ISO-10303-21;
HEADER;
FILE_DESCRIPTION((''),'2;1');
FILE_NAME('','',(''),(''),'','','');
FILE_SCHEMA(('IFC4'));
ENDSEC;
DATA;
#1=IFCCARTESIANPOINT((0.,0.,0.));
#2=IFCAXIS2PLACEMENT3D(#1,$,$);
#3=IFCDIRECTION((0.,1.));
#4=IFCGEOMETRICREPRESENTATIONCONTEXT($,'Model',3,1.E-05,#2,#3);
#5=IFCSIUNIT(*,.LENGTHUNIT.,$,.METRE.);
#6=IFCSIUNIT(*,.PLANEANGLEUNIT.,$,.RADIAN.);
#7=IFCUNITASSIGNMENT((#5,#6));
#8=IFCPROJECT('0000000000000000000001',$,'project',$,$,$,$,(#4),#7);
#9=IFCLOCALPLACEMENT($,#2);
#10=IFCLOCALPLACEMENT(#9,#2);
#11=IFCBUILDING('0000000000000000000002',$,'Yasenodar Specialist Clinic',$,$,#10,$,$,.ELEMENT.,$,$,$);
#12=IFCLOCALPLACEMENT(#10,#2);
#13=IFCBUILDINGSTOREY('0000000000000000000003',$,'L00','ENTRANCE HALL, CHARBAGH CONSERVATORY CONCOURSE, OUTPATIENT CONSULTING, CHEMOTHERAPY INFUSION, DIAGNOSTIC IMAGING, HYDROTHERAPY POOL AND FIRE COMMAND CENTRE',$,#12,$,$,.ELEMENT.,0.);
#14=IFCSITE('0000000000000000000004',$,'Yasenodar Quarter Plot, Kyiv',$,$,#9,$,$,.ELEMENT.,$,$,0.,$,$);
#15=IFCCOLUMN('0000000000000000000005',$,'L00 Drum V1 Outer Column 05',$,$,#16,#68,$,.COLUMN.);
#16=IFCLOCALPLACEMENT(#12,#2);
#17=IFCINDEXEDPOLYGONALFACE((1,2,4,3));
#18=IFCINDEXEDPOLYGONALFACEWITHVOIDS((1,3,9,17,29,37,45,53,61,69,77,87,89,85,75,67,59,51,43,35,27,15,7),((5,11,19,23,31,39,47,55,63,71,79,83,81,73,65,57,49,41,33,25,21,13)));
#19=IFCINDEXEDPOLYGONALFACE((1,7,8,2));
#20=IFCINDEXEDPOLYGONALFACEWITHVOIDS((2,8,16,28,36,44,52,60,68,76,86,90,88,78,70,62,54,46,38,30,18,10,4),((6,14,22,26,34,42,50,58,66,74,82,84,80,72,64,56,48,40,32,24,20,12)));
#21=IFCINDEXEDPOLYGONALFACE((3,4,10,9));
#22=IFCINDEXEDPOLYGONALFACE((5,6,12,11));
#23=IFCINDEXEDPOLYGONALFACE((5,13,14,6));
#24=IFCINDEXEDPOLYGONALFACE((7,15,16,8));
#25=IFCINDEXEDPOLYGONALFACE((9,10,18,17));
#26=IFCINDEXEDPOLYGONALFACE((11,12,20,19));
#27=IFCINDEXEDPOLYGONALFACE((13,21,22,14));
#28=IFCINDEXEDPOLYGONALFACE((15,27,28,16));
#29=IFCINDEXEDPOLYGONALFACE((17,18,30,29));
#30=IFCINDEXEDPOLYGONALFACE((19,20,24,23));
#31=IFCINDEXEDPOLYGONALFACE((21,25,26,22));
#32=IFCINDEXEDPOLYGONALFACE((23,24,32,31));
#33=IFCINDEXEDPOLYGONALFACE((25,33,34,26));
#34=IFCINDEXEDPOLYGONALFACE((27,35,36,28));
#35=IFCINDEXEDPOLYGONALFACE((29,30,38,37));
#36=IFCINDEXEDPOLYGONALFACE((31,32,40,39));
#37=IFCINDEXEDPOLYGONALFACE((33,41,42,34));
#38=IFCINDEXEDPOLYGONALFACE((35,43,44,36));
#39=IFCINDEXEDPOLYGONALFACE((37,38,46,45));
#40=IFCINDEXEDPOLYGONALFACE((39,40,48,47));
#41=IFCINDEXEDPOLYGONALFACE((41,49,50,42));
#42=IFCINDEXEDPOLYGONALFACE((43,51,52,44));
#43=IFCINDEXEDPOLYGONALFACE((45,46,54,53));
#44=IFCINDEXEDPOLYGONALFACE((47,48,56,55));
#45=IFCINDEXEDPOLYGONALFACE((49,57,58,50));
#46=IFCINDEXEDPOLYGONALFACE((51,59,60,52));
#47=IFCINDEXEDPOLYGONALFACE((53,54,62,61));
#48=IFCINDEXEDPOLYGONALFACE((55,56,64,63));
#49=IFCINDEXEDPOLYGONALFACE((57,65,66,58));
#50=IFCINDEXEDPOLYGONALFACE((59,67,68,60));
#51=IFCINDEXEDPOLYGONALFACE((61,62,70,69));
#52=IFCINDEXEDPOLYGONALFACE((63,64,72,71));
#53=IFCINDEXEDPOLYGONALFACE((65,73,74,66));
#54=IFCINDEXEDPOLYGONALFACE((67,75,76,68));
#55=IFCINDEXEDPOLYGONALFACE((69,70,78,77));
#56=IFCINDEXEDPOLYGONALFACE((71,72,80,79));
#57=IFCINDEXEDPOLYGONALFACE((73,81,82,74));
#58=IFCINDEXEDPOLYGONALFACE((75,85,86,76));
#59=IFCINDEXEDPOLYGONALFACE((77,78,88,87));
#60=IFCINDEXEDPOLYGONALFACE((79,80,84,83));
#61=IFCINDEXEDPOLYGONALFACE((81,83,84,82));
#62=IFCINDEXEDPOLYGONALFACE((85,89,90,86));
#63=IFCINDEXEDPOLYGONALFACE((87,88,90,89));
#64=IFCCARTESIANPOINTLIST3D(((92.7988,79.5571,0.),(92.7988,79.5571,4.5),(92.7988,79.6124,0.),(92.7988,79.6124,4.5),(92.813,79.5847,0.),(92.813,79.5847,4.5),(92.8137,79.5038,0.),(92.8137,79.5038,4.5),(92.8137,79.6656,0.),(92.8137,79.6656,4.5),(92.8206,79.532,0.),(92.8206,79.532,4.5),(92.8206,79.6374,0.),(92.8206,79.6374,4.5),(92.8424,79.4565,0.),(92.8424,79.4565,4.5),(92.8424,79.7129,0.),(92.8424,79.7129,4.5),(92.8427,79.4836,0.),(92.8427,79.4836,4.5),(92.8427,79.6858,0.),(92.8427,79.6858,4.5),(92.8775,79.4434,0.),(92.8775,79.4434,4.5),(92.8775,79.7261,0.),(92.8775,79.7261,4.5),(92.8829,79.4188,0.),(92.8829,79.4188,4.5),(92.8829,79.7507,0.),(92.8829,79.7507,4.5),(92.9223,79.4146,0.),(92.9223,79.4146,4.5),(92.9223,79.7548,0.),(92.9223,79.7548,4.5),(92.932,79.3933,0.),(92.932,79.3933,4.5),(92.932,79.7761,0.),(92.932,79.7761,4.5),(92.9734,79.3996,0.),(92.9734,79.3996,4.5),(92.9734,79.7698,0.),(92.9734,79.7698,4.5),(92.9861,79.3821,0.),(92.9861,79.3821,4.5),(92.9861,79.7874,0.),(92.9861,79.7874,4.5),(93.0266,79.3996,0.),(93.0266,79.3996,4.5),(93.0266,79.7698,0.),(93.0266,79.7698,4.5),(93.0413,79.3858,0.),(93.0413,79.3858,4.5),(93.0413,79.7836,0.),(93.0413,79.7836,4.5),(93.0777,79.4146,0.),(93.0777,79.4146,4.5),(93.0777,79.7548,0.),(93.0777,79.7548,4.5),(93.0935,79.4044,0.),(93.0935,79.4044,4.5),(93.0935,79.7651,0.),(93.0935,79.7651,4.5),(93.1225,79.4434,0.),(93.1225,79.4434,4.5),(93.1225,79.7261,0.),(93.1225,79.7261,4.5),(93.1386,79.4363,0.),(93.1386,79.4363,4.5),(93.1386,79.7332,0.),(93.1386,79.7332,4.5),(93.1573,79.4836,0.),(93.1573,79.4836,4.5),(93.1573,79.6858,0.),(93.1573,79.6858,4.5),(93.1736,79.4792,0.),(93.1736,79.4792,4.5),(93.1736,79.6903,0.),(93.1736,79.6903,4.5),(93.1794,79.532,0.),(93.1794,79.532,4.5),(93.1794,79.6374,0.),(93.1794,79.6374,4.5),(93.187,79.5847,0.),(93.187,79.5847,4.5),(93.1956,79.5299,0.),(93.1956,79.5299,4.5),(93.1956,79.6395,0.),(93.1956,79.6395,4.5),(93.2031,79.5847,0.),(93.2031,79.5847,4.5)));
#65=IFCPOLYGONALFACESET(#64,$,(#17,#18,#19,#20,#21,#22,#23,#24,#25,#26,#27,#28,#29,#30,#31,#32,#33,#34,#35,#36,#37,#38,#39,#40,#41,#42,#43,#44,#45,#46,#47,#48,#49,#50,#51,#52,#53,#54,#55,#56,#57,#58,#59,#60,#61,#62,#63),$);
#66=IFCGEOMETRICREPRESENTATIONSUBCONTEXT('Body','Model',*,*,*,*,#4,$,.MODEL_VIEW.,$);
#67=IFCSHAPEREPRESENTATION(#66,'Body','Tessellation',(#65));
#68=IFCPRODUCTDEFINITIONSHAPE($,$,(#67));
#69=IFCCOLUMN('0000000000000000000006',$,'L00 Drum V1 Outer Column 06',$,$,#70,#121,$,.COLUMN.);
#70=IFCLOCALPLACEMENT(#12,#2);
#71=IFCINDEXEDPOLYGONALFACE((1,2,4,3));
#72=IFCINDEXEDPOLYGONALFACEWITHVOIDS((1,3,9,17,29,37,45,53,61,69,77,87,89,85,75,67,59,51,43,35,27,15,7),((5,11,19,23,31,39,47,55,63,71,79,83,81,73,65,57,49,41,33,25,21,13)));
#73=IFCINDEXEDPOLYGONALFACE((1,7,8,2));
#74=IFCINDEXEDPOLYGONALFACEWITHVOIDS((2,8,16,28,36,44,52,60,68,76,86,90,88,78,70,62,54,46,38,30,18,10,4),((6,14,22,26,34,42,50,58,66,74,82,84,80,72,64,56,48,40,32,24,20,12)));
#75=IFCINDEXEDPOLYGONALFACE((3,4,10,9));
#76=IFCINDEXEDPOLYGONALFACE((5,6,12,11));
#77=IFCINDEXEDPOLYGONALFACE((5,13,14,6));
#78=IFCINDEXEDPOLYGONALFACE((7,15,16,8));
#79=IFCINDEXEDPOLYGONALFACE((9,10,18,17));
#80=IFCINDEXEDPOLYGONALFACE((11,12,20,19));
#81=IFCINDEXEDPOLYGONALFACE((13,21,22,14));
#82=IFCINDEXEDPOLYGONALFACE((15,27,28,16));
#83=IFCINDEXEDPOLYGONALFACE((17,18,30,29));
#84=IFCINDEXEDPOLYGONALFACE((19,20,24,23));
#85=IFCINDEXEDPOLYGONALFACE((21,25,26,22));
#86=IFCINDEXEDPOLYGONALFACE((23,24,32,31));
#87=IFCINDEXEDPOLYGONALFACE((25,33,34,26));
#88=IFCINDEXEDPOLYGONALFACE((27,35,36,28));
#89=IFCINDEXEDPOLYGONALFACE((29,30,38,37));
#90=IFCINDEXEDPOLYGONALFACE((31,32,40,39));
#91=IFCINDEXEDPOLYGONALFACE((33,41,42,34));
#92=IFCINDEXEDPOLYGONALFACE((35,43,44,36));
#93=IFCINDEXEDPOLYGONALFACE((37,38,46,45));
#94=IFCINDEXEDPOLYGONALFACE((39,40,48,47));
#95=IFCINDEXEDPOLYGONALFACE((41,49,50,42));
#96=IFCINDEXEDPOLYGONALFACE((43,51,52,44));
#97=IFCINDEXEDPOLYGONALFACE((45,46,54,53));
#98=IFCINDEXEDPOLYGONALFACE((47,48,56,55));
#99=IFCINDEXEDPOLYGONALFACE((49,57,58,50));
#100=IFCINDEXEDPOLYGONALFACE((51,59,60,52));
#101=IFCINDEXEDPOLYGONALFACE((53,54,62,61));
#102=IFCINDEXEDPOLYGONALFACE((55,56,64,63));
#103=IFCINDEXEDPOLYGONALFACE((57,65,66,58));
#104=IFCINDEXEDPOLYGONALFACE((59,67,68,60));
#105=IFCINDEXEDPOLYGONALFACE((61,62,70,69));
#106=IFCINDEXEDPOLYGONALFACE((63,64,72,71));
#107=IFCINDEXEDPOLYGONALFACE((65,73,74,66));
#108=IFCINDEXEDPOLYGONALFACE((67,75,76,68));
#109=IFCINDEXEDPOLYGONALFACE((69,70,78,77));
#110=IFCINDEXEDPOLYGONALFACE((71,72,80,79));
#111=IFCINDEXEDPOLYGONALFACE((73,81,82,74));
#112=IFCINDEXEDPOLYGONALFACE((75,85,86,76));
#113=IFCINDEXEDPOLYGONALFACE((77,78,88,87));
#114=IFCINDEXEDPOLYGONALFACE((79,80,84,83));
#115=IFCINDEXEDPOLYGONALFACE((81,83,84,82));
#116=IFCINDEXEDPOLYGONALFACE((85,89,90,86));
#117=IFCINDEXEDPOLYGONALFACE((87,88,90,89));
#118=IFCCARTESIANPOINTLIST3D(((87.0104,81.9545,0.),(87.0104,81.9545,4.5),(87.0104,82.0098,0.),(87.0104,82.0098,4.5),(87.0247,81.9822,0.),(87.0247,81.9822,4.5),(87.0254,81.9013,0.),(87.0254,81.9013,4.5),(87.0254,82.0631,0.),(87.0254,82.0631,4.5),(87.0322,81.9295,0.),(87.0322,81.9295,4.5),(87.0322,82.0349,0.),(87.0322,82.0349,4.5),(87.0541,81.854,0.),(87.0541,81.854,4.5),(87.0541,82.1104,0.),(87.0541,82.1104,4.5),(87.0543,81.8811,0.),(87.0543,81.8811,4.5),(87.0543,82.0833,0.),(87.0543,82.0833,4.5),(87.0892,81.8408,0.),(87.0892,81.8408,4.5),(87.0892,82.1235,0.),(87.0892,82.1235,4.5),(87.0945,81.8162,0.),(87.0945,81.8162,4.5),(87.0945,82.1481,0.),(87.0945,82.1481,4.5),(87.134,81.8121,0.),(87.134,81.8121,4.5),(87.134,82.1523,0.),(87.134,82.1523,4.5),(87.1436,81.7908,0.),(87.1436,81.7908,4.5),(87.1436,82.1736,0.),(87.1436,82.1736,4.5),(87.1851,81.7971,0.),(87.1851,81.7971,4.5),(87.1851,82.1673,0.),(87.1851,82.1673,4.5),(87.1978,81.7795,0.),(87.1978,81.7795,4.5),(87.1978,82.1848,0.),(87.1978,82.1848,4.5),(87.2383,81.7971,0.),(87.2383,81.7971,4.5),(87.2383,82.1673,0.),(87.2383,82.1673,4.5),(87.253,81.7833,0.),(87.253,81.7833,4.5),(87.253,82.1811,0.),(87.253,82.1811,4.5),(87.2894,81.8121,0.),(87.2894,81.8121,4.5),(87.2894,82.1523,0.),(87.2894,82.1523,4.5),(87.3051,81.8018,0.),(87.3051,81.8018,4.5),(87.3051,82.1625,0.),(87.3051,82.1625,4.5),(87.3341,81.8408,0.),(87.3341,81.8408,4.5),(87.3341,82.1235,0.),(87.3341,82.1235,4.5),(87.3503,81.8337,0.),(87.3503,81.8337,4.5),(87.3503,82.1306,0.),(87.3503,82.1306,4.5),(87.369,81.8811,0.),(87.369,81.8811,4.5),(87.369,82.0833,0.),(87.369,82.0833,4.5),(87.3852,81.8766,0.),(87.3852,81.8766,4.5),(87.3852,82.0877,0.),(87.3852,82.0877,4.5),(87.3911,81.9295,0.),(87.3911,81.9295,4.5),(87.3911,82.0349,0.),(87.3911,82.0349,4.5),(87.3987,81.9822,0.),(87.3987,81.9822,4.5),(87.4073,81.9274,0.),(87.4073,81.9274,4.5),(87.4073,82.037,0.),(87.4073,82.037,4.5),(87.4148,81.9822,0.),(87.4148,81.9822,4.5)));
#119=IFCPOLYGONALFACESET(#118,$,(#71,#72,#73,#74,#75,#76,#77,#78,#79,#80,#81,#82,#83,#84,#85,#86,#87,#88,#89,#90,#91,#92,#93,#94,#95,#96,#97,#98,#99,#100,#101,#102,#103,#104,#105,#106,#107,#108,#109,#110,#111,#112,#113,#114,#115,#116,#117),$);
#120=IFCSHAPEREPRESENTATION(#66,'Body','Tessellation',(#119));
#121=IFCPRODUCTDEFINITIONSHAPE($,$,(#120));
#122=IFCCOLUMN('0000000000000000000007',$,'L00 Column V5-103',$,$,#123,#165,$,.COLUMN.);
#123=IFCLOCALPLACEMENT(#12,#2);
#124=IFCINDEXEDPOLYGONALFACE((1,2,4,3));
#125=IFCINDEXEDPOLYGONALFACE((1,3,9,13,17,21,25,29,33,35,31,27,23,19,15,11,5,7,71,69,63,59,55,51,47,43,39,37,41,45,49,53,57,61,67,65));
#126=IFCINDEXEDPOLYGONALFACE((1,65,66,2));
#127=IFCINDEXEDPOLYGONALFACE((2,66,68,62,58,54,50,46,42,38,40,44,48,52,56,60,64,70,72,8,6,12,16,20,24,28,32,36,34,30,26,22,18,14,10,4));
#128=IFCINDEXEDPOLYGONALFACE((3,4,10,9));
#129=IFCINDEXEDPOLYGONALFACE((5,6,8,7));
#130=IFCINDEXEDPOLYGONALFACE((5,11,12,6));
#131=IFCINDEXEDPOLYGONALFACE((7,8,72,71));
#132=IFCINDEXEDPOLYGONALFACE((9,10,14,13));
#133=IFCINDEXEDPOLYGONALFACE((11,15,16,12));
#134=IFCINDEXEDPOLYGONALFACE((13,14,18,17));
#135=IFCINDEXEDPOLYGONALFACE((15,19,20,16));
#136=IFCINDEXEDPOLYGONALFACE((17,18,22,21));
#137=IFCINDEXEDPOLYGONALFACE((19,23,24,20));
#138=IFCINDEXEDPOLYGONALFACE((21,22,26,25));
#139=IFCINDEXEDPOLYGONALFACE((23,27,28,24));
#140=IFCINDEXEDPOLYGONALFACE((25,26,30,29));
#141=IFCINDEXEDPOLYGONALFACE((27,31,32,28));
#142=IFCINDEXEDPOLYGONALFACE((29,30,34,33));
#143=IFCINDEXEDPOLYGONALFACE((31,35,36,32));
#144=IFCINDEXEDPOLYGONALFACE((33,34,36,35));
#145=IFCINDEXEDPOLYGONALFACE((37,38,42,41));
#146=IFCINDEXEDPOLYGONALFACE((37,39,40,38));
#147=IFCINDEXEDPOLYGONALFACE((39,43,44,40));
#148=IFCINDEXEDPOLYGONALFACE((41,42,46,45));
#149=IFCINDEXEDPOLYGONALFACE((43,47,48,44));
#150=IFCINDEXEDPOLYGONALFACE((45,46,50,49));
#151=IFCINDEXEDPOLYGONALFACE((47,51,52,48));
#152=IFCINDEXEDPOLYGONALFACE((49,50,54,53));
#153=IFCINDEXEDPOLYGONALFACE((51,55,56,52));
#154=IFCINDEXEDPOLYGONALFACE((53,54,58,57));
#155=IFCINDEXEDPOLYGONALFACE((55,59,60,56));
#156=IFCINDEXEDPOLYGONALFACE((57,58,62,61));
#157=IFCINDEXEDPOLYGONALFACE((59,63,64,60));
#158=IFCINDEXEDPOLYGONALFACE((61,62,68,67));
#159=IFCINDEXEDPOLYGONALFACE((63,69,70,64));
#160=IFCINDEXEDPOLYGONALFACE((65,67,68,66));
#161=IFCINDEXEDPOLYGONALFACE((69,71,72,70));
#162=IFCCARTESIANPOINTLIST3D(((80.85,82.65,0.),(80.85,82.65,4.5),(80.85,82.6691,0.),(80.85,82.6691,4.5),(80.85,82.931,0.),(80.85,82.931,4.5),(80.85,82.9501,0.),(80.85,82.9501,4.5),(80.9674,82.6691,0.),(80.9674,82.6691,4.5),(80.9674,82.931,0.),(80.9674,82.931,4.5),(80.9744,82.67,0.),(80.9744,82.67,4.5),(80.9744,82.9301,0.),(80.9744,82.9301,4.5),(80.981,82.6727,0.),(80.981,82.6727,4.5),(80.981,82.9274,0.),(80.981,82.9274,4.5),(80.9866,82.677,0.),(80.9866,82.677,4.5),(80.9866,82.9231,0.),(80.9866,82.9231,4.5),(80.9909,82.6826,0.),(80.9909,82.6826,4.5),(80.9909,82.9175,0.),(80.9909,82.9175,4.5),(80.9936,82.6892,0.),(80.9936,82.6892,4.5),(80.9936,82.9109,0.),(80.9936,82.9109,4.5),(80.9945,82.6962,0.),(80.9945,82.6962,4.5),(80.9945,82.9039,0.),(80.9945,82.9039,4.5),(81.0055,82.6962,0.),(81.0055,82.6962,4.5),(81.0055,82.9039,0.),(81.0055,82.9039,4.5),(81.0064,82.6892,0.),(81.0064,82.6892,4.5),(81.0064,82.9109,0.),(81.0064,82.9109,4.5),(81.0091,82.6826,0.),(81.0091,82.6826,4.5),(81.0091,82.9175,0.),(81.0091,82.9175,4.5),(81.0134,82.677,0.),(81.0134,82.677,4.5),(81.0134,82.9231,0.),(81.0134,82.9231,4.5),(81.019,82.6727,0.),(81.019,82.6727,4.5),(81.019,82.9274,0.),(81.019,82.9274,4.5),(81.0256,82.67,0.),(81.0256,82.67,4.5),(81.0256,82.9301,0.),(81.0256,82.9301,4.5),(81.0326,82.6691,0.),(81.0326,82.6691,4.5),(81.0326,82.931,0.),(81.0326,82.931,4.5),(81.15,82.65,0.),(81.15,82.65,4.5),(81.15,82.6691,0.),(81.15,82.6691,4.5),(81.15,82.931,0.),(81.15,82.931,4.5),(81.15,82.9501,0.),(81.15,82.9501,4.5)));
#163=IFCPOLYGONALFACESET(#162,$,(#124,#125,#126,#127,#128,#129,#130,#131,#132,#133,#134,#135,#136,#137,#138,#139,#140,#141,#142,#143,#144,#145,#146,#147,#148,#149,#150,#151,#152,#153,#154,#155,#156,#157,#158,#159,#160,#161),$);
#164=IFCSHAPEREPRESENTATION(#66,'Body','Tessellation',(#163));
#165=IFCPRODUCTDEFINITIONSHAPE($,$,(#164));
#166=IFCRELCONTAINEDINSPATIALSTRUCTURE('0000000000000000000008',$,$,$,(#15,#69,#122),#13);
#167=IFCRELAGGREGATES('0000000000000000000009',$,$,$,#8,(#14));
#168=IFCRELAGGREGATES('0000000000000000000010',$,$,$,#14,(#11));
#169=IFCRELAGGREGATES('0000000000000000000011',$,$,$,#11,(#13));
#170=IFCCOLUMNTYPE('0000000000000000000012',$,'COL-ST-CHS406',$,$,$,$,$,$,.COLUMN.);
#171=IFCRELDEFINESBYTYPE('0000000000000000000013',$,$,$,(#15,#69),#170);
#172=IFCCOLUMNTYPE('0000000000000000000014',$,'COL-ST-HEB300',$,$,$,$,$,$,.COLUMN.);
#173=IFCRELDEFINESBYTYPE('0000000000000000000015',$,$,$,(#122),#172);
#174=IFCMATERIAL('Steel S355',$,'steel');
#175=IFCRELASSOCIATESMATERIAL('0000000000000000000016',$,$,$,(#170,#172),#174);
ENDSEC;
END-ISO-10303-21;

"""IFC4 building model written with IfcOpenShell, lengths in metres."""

from ifc_helpers import new_model, si_unit, direction, frame, origin, origin_2d, place, context, subcontext, project, spatial, hollow_circle, i_section, extrude, material, material_profile, profile_set, type_object, element, save


model = new_model("IFC4")

# Units and contexts
model_context = context("Model", 3, precision=1e-05, world=origin(), true_north=direction((0.0, 1.0)))
body_context = subcontext(model_context, "Body", "Model", "MODEL_VIEW")
ifc_project = project(units=[si_unit("LENGTHUNIT", "METRE"), si_unit("PLANEANGLEUNIT", "RADIAN")], contexts=[model_context])

# Site, building, storey
site_placement = place(None, origin())
site = spatial("IfcSite", under=ifc_project, at=site_placement, Name="Yasenodar Quarter Plot, Kyiv", CompositionType="ELEMENT", RefElevation=0.0)
building_placement = place(site_placement, origin())
building = spatial("IfcBuilding", under=site, at=building_placement, Name="Yasenodar Specialist Clinic", CompositionType="ELEMENT")
storey_placement = place(building_placement, origin())
storey = spatial("IfcBuildingStorey", under=building, at=storey_placement, Name="L00", Description="ENTRANCE HALL, CHARBAGH CONSERVATORY CONCOURSE, OUTPATIENT CONSULTING, CHEMOTHERAPY INFUSION, DIAGNOSTIC IMAGING, HYDROTHERAPY POOL AND FIRE COMMAND CENTRE", CompositionType="ELEMENT", Elevation=0.0)

# Columns
ifc_material_1 = material(Name="Steel S355", Category="steel")
ifc_material_profile_1 = material_profile(ifc_material_1, hollow_circle(Radius=0.2031, WallThickness=0.0161, at=origin_2d()), Name="CHS 406.4x16")
ifc_profile_set_1 = profile_set([ifc_material_profile_1], Name="Steel S355")
column_type_1 = type_object("IfcColumnType", Name="COL-ST-CHS406", PredefinedType="COLUMN", material=ifc_profile_set_1)
for number, where, z_axis, x_axis, name in (
    (1, (93.0, 79.5847, 0.0), (0.0, 0.0, 1.0), (1.0, 0.0, 0.0), "L00 Drum V1 Outer Column 05"),
    (2, (87.2117, 81.9822, 0.0), (0.0, 0.0, 1.0), (1.0, 0.0, 0.0), "L00 Drum V1 Outer Column 06"),
):
    element("IfcColumn", number, at=place(storey_placement, frame(where, z_axis=z_axis, x_axis=x_axis)), inside=storey, type_object=column_type_1, Name=name, PredefinedType="COLUMN", context=body_context, shape_type="SweptSolid", body=[
        extrude(hollow_circle(Radius=0.2031, WallThickness=0.0161, at=origin_2d()), origin(), (0.0, 0.0, 1.0), 4.5),
    ])
ifc_material_profile_2 = material_profile(ifc_material_1, i_section(OverallWidth=0.3, OverallDepth=0.3, WebThickness=0.011, FlangeThickness=0.019, FilletRadius=0.0271, at=origin_2d()), Name="HEB 300")
ifc_profile_set_2 = profile_set([ifc_material_profile_2], Name="Steel S355")
column_type_2 = type_object("IfcColumnType", Name="COL-ST-HEB300", PredefinedType="COLUMN", material=ifc_profile_set_2)
for number, where, z_axis, x_axis, name in (
    (3, (81.0, 82.8, 0.0), (0.0, 0.0, 1.0), (1.0, 0.0, 0.0), "L00 Column V5-103"),
):
    element("IfcColumn", number, at=place(storey_placement, frame(where, z_axis=z_axis, x_axis=x_axis)), inside=storey, type_object=column_type_2, Name=name, PredefinedType="COLUMN", context=body_context, shape_type="SweptSolid", body=[
        extrude(i_section(OverallWidth=0.3, OverallDepth=0.3, WebThickness=0.011, FlangeThickness=0.019, FilletRadius=0.0271, at=origin_2d()), origin(), (0.0, 0.0, 1.0), 4.5),
    ])

save(model, "model.ifc")
